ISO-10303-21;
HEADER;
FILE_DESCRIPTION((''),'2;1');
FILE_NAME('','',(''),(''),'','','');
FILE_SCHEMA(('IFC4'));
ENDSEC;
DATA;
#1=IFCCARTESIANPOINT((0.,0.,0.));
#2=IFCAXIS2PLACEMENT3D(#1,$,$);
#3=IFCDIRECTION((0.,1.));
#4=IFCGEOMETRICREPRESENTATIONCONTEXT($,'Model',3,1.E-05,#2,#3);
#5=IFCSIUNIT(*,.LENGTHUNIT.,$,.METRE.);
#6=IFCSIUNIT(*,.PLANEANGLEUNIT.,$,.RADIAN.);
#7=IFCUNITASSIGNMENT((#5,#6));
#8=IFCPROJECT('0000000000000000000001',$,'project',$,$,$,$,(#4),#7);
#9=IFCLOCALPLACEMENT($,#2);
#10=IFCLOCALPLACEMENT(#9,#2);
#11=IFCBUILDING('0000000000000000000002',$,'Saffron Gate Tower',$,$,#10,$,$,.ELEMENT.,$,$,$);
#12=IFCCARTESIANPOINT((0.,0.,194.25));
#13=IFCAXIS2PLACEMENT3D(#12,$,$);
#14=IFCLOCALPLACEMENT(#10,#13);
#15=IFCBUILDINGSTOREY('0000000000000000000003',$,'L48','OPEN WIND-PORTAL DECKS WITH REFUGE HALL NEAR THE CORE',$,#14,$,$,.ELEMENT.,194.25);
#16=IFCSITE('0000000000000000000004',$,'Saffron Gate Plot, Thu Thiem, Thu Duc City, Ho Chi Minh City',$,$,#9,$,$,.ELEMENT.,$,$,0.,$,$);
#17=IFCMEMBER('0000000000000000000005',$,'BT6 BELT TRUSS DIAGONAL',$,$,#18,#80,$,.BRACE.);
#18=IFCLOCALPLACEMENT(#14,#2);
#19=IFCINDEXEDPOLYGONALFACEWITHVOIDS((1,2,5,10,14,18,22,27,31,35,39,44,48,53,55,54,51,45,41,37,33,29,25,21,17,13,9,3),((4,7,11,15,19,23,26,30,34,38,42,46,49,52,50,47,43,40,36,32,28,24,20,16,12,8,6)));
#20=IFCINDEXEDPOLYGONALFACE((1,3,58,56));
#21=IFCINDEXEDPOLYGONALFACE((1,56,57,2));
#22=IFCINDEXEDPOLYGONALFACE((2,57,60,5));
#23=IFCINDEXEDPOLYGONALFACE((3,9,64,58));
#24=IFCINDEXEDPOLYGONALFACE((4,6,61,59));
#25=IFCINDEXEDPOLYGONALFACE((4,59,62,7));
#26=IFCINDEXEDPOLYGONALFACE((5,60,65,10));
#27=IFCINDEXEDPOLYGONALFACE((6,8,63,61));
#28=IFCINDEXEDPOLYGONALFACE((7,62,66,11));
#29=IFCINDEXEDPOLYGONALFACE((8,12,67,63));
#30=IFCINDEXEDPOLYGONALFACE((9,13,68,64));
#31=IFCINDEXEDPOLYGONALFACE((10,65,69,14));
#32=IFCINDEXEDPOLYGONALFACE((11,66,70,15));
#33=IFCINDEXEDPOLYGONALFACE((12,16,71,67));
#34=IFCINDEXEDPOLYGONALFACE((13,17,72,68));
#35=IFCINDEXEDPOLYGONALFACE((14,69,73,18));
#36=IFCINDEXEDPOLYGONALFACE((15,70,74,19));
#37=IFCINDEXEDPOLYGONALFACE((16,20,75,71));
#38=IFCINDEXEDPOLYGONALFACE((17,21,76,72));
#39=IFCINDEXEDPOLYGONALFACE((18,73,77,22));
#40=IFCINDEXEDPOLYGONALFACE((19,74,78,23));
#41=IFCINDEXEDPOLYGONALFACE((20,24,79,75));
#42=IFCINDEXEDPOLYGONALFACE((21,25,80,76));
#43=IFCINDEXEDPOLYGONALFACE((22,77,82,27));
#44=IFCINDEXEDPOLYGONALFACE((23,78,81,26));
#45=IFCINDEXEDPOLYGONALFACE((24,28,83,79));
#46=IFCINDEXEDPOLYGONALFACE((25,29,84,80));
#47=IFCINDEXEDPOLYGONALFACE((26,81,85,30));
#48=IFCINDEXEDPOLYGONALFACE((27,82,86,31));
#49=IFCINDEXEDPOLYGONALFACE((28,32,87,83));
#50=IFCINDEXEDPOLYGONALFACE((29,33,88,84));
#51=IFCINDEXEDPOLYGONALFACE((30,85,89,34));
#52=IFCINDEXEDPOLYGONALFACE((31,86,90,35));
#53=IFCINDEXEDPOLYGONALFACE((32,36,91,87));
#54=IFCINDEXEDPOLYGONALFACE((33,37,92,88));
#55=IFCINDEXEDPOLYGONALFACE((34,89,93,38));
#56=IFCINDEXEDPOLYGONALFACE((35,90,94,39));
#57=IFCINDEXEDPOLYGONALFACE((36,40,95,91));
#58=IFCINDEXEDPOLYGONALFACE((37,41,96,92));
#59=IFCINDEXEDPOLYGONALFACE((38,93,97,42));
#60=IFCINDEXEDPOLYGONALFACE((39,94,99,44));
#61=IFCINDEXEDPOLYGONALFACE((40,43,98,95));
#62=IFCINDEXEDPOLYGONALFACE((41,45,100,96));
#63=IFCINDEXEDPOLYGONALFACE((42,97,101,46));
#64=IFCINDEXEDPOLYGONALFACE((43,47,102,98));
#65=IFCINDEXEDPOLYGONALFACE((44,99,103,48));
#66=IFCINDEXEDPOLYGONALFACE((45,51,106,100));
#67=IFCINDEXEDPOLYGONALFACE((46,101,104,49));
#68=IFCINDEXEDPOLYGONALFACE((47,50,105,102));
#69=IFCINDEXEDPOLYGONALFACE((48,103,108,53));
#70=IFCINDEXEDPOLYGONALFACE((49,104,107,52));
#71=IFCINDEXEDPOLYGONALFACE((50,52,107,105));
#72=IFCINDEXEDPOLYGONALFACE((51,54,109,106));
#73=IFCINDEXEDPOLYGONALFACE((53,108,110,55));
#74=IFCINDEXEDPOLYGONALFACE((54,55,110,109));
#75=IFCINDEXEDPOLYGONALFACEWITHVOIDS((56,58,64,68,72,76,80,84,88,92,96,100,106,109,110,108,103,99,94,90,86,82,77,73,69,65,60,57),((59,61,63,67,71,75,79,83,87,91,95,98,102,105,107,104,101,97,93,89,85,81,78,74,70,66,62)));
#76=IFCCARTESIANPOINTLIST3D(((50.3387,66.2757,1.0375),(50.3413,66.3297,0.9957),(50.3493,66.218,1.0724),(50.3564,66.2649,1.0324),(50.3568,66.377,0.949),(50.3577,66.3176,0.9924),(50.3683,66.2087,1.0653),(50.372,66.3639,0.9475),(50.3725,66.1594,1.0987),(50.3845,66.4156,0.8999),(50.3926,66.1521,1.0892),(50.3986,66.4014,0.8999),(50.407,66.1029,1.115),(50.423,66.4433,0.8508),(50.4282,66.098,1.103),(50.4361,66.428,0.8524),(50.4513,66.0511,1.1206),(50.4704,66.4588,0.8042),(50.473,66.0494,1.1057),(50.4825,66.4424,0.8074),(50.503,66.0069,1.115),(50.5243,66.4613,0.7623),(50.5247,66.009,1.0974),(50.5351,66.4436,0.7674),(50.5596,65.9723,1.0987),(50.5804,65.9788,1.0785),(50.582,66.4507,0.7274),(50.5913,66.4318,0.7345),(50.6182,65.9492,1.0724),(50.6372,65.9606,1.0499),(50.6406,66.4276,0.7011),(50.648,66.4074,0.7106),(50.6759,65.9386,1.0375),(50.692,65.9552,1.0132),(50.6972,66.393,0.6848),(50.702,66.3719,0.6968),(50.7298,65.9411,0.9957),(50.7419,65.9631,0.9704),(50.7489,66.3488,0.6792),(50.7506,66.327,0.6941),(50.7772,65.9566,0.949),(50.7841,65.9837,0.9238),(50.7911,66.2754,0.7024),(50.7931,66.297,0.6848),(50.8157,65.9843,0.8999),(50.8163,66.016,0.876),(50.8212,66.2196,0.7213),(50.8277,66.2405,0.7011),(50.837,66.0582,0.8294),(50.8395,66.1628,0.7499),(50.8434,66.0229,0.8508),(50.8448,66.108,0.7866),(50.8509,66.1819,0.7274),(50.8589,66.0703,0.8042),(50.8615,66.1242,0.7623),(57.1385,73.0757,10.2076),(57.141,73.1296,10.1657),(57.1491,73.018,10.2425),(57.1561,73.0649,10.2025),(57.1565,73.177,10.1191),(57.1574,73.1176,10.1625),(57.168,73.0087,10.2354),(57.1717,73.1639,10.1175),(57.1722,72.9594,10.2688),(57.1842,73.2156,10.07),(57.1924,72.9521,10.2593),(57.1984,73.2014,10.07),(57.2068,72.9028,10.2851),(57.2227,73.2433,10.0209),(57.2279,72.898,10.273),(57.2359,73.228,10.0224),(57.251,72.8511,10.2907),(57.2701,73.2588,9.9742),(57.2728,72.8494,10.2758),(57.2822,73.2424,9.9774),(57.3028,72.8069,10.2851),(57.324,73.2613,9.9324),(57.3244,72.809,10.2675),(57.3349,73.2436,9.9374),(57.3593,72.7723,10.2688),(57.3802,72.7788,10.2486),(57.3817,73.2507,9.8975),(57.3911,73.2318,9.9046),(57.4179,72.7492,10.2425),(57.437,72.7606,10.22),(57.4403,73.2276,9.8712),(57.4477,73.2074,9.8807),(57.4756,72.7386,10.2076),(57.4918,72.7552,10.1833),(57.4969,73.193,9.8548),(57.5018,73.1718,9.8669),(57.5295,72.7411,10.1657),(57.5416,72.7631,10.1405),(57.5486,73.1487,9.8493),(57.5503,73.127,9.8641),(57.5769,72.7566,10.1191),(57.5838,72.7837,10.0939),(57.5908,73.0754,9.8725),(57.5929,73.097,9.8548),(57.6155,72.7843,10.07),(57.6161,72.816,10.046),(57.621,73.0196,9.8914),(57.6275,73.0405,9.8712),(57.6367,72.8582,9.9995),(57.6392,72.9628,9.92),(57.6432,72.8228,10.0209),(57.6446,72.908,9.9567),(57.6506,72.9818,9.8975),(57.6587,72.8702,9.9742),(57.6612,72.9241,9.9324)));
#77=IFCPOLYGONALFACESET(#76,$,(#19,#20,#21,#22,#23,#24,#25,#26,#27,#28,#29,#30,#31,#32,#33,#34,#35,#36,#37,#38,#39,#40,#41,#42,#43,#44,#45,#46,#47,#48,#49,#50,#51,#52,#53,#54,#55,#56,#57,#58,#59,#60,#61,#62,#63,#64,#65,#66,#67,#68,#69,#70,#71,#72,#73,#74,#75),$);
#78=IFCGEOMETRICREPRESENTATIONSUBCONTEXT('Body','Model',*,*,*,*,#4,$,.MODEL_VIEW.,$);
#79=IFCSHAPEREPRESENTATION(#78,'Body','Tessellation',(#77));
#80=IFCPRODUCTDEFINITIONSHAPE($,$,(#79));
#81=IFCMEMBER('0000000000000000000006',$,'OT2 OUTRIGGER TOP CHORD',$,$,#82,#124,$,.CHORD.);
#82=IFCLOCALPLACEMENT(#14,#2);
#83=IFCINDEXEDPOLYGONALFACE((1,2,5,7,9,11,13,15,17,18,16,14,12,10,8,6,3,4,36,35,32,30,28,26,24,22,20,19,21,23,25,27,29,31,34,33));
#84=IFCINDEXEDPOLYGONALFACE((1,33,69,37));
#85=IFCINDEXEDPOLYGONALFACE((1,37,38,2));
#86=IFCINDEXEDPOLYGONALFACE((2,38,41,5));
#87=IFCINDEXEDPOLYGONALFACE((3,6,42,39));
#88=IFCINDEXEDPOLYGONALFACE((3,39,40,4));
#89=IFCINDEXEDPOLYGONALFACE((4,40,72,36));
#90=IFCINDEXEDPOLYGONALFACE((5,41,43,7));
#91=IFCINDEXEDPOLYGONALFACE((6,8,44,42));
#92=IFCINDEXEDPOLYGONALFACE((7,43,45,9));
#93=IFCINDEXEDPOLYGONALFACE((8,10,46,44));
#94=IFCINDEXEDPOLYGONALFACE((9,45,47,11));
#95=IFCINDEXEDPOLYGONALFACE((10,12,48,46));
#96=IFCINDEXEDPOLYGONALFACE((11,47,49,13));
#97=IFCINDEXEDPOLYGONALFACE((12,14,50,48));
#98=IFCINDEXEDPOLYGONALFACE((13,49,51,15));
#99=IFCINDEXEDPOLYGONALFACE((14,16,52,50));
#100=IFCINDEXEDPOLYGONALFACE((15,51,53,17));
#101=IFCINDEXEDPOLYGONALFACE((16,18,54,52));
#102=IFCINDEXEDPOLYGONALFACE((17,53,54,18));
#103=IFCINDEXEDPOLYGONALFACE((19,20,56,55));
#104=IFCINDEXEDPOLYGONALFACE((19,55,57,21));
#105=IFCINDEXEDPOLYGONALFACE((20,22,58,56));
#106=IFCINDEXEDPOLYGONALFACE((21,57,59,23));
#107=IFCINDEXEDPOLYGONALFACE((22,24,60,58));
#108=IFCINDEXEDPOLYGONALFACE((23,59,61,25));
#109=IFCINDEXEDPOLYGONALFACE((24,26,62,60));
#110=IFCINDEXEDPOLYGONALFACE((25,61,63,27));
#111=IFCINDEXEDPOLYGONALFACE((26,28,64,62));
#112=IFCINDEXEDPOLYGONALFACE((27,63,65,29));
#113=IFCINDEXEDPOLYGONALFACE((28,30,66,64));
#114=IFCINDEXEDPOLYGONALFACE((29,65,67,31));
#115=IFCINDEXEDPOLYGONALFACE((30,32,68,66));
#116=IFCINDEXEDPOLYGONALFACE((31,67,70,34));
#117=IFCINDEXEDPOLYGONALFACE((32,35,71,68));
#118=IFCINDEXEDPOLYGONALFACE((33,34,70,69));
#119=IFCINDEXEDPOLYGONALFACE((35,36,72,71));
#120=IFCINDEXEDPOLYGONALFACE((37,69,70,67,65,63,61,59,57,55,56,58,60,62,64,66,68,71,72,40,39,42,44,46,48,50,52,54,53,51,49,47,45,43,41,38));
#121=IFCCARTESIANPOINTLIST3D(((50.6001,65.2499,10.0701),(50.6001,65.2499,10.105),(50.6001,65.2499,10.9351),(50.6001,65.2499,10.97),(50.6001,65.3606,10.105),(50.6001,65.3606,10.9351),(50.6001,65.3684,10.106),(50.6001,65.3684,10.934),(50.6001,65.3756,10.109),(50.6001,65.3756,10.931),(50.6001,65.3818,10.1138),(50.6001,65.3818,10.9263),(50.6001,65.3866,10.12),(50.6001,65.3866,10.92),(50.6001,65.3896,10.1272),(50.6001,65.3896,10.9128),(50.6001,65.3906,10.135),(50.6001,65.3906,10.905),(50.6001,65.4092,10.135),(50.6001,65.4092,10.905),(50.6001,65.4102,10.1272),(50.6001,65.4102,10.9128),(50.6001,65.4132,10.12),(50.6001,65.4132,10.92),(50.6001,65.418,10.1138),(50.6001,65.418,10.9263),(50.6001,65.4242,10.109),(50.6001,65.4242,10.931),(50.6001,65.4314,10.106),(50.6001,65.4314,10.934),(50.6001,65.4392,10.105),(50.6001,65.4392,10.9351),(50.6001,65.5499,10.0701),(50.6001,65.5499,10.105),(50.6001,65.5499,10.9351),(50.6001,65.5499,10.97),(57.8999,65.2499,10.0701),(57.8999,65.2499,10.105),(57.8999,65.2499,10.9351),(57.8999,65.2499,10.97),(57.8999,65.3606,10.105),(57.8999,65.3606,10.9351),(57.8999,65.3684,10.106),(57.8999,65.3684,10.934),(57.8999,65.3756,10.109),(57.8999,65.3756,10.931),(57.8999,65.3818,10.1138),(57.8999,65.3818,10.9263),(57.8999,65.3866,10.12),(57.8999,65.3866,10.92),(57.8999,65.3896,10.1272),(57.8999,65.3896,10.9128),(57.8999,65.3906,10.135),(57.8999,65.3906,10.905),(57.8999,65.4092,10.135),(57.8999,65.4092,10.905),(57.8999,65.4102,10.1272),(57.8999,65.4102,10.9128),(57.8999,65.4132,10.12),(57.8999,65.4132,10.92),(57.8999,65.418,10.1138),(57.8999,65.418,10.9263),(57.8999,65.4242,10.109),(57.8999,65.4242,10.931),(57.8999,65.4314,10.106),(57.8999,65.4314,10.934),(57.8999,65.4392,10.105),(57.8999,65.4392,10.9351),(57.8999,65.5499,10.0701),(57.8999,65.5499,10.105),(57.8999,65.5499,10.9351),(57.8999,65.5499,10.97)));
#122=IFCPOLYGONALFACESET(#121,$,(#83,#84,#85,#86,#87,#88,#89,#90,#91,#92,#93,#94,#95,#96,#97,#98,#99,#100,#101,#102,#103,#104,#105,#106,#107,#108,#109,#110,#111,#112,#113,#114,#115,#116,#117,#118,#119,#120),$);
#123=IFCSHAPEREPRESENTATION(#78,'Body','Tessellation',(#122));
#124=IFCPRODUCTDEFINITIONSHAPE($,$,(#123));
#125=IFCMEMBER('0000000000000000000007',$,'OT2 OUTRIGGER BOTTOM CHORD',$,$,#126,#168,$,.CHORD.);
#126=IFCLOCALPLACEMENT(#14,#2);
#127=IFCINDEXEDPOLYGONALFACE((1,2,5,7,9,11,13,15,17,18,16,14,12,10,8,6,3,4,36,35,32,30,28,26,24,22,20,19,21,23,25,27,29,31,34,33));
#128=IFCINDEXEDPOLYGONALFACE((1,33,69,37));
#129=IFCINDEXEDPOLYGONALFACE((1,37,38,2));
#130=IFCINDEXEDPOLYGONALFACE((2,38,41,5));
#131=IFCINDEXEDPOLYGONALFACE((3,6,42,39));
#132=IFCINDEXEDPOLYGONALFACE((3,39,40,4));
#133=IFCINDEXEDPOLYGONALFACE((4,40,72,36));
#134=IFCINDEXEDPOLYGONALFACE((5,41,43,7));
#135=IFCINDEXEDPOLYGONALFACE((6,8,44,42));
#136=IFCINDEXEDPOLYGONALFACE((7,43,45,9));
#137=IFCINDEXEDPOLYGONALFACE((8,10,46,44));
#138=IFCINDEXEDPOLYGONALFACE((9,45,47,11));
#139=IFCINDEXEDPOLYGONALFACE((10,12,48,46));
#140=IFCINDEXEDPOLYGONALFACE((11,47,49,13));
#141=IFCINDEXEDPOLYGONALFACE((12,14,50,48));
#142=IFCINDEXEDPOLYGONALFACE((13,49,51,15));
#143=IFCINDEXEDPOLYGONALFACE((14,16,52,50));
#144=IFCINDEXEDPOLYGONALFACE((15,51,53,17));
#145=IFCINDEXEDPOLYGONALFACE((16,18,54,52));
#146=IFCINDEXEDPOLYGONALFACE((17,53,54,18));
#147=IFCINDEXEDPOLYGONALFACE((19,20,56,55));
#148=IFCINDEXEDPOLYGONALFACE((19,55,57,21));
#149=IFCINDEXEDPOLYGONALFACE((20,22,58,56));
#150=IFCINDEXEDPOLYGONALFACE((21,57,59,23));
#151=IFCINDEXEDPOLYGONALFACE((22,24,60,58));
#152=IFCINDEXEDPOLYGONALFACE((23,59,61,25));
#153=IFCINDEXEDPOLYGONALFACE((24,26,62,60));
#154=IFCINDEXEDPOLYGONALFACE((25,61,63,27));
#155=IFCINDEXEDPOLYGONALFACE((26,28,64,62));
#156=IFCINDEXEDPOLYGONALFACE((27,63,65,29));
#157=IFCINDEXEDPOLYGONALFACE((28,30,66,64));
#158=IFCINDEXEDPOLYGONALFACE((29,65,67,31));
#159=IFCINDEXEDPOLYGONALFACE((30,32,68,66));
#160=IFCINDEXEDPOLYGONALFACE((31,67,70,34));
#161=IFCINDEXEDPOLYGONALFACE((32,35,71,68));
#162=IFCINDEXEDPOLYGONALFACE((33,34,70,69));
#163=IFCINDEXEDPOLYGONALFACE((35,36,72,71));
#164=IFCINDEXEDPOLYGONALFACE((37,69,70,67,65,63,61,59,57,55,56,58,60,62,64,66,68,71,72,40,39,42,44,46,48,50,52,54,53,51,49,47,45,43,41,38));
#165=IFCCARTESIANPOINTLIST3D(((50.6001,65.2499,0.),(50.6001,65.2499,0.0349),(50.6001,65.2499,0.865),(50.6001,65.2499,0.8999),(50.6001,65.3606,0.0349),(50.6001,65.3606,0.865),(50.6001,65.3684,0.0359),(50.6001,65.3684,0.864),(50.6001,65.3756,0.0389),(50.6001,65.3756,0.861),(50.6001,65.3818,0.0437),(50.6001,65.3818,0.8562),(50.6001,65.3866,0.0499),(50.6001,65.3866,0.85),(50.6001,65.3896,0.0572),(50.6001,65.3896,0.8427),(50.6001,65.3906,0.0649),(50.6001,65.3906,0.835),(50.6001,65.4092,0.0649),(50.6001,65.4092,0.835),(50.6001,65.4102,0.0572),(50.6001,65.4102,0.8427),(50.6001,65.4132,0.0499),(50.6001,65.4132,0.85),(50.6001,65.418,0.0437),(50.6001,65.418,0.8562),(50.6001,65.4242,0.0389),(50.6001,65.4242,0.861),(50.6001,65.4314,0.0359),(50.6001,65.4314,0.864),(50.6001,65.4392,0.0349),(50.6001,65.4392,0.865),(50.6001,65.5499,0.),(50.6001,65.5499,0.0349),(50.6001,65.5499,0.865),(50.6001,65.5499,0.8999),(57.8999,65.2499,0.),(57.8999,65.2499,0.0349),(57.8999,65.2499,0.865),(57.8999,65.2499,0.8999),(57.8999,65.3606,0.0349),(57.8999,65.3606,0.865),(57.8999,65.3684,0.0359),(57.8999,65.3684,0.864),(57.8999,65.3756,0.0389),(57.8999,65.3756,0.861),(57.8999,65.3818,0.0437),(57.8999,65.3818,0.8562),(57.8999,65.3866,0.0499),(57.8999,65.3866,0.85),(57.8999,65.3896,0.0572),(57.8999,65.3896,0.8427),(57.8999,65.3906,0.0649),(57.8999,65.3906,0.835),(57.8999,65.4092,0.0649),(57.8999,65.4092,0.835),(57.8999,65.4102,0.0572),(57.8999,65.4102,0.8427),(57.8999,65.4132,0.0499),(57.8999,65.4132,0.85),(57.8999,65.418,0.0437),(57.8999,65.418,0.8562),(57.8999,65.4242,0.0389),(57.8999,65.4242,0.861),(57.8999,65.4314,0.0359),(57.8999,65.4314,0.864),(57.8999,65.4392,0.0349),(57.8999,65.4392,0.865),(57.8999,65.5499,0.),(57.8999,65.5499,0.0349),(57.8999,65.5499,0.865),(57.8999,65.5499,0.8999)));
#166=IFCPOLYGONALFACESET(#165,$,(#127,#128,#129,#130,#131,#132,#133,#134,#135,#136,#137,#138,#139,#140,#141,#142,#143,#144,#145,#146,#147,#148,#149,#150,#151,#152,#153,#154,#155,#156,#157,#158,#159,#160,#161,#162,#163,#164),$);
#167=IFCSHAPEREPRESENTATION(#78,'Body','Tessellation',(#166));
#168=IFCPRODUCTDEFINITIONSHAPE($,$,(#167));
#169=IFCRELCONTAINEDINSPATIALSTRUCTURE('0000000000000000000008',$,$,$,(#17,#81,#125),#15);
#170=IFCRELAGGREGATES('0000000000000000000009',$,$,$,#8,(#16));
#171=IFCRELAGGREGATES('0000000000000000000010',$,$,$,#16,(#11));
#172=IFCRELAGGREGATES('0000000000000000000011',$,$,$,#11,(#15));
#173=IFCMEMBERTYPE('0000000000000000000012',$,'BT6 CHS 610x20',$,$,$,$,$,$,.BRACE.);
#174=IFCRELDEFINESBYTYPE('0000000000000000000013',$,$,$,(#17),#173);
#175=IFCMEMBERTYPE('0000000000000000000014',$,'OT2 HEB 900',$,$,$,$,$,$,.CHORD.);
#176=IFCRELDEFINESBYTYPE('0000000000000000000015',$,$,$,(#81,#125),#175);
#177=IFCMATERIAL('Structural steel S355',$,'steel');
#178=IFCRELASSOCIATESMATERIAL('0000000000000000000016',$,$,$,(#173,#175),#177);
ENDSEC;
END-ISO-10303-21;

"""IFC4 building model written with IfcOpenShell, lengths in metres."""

from ifc_helpers import new_model, si_unit, direction, frame, origin, origin_2d, place, context, subcontext, project, spatial, hollow_circle, i_section, extrude, material, material_profile, profile_set, type_object, element, save


model = new_model("IFC4")

# Units and contexts
model_context = context("Model", 3, precision=1e-05, world=origin(), true_north=direction((0.0, 1.0)))
body_context = subcontext(model_context, "Body", "Model", "MODEL_VIEW")
ifc_project = project(units=[si_unit("LENGTHUNIT", "METRE"), si_unit("PLANEANGLEUNIT", "RADIAN")], contexts=[model_context])

# Site, building, storey
site_placement = place(None, origin())
site = spatial("IfcSite", under=ifc_project, at=site_placement, Name="Saffron Gate Plot, Thu Thiem, Thu Duc City, Ho Chi Minh City", CompositionType="ELEMENT", RefElevation=0.0)
building_placement = place(site_placement, origin())
building = spatial("IfcBuilding", under=site, at=building_placement, Name="Saffron Gate Tower", CompositionType="ELEMENT")
storey_placement = place(building_placement, frame((0.0, 0.0, 194.25)))
storey = spatial("IfcBuildingStorey", under=building, at=storey_placement, Name="L48", Description="OPEN WIND-PORTAL DECKS WITH REFUGE HALL NEAR THE CORE", CompositionType="ELEMENT", Elevation=194.25)

# Members
ifc_material_1 = material(Name="Structural steel S355", Category="steel")
ifc_material_profile_1 = material_profile(ifc_material_1, hollow_circle(Radius=0.3049, WallThickness=0.02, at=origin_2d()))
ifc_profile_set_1 = profile_set([ifc_material_profile_1], Name="Structural steel S355")
member_type_1 = type_object("IfcMemberType", Name="BT6 CHS 610x20", PredefinedType="BRACE", material=ifc_profile_set_1)
member_1_placement = place(storey_placement, frame((50.6001, 66.2, 0.8999), z_axis=(0.511727, 0.511745, 0.690111), x_axis=(-0.707119, 0.707094, 0.0)))
element("IfcMember", 1, at=member_1_placement, inside=storey, type_object=member_type_1, Name="BT6 BELT TRUSS DIAGONAL", PredefinedType="BRACE", context=body_context, shape_type="SweptSolid", body=[
    extrude(hollow_circle(Radius=0.3049, WallThickness=0.02, at=origin_2d()), origin(), (0.0, 0.0, 1.0), 13.2878),
])
ifc_material_profile_2 = material_profile(ifc_material_1, i_section(OverallWidth=0.3, OverallDepth=0.8999, WebThickness=0.0186, FlangeThickness=0.0349, FilletRadius=0.03, at=origin_2d()))
ifc_profile_set_2 = profile_set([ifc_material_profile_2], Name="Structural steel S355")
member_type_2 = type_object("IfcMemberType", Name="OT2 HEB 900", PredefinedType="CHORD", material=ifc_profile_set_2)
for number, where, z_axis, x_axis, name in (
    (2, (50.6001, 65.3999, 10.52), (1.0, 0.0, 0.0), (0.0, 1.0, 0.0), "OT2 OUTRIGGER TOP CHORD"),
    (3, (50.6001, 65.3999, 0.45), (1.0, 0.0, 0.0), (0.0, 1.0, 0.0), "OT2 OUTRIGGER BOTTOM CHORD"),
):
    element("IfcMember", number, at=place(storey_placement, frame(where, z_axis=z_axis, x_axis=x_axis)), inside=storey, type_object=member_type_2, Name=name, PredefinedType="CHORD", context=body_context, shape_type="SweptSolid", body=[
        extrude(i_section(OverallWidth=0.3, OverallDepth=0.8999, WebThickness=0.0186, FlangeThickness=0.0349, FilletRadius=0.03, at=origin_2d()), origin(), (0.0, 0.0, 1.0), 7.2998),
    ])

save(model, "model.ifc")
